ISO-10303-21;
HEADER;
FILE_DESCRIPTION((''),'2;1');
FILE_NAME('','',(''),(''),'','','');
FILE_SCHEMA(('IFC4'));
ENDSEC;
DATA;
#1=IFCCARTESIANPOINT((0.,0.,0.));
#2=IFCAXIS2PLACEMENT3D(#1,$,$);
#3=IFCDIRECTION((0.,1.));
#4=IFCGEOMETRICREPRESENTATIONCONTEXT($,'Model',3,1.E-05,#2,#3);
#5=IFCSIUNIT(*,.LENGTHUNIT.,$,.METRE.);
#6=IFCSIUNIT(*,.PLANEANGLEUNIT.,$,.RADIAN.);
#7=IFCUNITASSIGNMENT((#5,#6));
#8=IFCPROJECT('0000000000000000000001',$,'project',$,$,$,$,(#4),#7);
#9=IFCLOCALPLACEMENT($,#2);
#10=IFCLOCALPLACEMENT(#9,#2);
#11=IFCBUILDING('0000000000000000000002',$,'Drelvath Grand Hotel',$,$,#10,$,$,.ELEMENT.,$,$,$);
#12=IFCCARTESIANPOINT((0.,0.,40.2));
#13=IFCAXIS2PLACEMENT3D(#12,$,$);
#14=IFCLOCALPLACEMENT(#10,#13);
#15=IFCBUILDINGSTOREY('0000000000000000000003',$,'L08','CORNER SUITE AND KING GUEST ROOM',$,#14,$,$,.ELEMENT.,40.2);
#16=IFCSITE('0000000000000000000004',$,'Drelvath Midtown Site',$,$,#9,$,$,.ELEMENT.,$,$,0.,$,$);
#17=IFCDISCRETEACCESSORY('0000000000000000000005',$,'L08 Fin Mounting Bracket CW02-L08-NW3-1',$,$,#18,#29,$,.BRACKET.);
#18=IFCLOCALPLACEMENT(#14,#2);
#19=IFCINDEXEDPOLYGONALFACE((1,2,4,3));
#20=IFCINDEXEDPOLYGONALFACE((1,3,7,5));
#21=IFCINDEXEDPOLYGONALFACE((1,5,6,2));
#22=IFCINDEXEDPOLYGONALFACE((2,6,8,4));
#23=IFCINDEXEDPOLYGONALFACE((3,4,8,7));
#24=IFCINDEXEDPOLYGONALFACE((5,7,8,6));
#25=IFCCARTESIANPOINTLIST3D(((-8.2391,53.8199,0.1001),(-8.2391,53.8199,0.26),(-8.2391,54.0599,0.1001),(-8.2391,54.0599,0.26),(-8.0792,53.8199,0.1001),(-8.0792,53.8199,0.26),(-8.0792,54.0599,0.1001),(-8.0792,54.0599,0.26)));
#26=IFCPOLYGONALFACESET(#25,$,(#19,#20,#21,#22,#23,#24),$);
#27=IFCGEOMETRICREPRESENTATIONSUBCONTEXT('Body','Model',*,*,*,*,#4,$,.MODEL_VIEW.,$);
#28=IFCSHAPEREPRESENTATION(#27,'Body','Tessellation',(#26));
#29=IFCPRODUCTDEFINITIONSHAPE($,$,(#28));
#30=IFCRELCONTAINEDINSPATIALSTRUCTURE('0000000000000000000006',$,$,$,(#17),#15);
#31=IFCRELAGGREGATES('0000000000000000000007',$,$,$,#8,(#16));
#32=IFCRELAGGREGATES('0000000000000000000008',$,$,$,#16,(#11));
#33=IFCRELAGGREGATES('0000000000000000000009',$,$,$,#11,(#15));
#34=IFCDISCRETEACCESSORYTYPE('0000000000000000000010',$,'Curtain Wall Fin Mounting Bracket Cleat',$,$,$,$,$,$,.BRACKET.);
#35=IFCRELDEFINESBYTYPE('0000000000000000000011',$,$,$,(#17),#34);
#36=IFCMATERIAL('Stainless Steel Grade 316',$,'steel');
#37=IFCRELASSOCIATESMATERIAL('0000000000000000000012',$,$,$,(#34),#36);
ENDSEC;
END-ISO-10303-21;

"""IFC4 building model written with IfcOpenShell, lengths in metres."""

from ifc_helpers import new_model, si_unit, direction, frame, origin, origin_2d, place, context, subcontext, project, spatial, rectangle, extrude, material, type_object, element, save


model = new_model("IFC4")

# Units and contexts
model_context = context("Model", 3, precision=1e-05, world=origin(), true_north=direction((0.0, 1.0)))
body_context = subcontext(model_context, "Body", "Model", "MODEL_VIEW")
ifc_project = project(units=[si_unit("LENGTHUNIT", "METRE"), si_unit("PLANEANGLEUNIT", "RADIAN")], contexts=[model_context])

# Site, building, storey
site_placement = place(None, origin())
site = spatial("IfcSite", under=ifc_project, at=site_placement, Name="Drelvath Midtown Site", CompositionType="ELEMENT", RefElevation=0.0)
building_placement = place(site_placement, origin())
building = spatial("IfcBuilding", under=site, at=building_placement, Name="Drelvath Grand Hotel", CompositionType="ELEMENT")
storey_placement = place(building_placement, frame((0.0, 0.0, 40.2)))
storey = spatial("IfcBuildingStorey", under=building, at=storey_placement, Name="L08", Description="CORNER SUITE AND KING GUEST ROOM", CompositionType="ELEMENT", Elevation=40.2)

# Discrete accessory
ifc_material_1 = material(Name="Stainless Steel Grade 316", Category="steel")
discrete_accessory_type = type_object("IfcDiscreteAccessoryType", Name="Curtain Wall Fin Mounting Bracket Cleat", PredefinedType="BRACKET", material=ifc_material_1)
discrete_accessory_placement = place(storey_placement, frame((-8.1592, 53.9399, 0.1001), z_axis=(0.0, 0.0, 1.0), x_axis=(1.0, 0.0, 0.0)))
element("IfcDiscreteAccessory", 1, at=discrete_accessory_placement, inside=storey, type_object=discrete_accessory_type, Name="L08 Fin Mounting Bracket CW02-L08-NW3-1", PredefinedType="BRACKET", context=body_context, shape_type="SweptSolid", body=[
    extrude(rectangle(XDim=0.1599, YDim=0.24, at=origin_2d()), origin(), (0.0, 0.0, 1.0), 0.1599),
])

save(model, "model.ifc")
